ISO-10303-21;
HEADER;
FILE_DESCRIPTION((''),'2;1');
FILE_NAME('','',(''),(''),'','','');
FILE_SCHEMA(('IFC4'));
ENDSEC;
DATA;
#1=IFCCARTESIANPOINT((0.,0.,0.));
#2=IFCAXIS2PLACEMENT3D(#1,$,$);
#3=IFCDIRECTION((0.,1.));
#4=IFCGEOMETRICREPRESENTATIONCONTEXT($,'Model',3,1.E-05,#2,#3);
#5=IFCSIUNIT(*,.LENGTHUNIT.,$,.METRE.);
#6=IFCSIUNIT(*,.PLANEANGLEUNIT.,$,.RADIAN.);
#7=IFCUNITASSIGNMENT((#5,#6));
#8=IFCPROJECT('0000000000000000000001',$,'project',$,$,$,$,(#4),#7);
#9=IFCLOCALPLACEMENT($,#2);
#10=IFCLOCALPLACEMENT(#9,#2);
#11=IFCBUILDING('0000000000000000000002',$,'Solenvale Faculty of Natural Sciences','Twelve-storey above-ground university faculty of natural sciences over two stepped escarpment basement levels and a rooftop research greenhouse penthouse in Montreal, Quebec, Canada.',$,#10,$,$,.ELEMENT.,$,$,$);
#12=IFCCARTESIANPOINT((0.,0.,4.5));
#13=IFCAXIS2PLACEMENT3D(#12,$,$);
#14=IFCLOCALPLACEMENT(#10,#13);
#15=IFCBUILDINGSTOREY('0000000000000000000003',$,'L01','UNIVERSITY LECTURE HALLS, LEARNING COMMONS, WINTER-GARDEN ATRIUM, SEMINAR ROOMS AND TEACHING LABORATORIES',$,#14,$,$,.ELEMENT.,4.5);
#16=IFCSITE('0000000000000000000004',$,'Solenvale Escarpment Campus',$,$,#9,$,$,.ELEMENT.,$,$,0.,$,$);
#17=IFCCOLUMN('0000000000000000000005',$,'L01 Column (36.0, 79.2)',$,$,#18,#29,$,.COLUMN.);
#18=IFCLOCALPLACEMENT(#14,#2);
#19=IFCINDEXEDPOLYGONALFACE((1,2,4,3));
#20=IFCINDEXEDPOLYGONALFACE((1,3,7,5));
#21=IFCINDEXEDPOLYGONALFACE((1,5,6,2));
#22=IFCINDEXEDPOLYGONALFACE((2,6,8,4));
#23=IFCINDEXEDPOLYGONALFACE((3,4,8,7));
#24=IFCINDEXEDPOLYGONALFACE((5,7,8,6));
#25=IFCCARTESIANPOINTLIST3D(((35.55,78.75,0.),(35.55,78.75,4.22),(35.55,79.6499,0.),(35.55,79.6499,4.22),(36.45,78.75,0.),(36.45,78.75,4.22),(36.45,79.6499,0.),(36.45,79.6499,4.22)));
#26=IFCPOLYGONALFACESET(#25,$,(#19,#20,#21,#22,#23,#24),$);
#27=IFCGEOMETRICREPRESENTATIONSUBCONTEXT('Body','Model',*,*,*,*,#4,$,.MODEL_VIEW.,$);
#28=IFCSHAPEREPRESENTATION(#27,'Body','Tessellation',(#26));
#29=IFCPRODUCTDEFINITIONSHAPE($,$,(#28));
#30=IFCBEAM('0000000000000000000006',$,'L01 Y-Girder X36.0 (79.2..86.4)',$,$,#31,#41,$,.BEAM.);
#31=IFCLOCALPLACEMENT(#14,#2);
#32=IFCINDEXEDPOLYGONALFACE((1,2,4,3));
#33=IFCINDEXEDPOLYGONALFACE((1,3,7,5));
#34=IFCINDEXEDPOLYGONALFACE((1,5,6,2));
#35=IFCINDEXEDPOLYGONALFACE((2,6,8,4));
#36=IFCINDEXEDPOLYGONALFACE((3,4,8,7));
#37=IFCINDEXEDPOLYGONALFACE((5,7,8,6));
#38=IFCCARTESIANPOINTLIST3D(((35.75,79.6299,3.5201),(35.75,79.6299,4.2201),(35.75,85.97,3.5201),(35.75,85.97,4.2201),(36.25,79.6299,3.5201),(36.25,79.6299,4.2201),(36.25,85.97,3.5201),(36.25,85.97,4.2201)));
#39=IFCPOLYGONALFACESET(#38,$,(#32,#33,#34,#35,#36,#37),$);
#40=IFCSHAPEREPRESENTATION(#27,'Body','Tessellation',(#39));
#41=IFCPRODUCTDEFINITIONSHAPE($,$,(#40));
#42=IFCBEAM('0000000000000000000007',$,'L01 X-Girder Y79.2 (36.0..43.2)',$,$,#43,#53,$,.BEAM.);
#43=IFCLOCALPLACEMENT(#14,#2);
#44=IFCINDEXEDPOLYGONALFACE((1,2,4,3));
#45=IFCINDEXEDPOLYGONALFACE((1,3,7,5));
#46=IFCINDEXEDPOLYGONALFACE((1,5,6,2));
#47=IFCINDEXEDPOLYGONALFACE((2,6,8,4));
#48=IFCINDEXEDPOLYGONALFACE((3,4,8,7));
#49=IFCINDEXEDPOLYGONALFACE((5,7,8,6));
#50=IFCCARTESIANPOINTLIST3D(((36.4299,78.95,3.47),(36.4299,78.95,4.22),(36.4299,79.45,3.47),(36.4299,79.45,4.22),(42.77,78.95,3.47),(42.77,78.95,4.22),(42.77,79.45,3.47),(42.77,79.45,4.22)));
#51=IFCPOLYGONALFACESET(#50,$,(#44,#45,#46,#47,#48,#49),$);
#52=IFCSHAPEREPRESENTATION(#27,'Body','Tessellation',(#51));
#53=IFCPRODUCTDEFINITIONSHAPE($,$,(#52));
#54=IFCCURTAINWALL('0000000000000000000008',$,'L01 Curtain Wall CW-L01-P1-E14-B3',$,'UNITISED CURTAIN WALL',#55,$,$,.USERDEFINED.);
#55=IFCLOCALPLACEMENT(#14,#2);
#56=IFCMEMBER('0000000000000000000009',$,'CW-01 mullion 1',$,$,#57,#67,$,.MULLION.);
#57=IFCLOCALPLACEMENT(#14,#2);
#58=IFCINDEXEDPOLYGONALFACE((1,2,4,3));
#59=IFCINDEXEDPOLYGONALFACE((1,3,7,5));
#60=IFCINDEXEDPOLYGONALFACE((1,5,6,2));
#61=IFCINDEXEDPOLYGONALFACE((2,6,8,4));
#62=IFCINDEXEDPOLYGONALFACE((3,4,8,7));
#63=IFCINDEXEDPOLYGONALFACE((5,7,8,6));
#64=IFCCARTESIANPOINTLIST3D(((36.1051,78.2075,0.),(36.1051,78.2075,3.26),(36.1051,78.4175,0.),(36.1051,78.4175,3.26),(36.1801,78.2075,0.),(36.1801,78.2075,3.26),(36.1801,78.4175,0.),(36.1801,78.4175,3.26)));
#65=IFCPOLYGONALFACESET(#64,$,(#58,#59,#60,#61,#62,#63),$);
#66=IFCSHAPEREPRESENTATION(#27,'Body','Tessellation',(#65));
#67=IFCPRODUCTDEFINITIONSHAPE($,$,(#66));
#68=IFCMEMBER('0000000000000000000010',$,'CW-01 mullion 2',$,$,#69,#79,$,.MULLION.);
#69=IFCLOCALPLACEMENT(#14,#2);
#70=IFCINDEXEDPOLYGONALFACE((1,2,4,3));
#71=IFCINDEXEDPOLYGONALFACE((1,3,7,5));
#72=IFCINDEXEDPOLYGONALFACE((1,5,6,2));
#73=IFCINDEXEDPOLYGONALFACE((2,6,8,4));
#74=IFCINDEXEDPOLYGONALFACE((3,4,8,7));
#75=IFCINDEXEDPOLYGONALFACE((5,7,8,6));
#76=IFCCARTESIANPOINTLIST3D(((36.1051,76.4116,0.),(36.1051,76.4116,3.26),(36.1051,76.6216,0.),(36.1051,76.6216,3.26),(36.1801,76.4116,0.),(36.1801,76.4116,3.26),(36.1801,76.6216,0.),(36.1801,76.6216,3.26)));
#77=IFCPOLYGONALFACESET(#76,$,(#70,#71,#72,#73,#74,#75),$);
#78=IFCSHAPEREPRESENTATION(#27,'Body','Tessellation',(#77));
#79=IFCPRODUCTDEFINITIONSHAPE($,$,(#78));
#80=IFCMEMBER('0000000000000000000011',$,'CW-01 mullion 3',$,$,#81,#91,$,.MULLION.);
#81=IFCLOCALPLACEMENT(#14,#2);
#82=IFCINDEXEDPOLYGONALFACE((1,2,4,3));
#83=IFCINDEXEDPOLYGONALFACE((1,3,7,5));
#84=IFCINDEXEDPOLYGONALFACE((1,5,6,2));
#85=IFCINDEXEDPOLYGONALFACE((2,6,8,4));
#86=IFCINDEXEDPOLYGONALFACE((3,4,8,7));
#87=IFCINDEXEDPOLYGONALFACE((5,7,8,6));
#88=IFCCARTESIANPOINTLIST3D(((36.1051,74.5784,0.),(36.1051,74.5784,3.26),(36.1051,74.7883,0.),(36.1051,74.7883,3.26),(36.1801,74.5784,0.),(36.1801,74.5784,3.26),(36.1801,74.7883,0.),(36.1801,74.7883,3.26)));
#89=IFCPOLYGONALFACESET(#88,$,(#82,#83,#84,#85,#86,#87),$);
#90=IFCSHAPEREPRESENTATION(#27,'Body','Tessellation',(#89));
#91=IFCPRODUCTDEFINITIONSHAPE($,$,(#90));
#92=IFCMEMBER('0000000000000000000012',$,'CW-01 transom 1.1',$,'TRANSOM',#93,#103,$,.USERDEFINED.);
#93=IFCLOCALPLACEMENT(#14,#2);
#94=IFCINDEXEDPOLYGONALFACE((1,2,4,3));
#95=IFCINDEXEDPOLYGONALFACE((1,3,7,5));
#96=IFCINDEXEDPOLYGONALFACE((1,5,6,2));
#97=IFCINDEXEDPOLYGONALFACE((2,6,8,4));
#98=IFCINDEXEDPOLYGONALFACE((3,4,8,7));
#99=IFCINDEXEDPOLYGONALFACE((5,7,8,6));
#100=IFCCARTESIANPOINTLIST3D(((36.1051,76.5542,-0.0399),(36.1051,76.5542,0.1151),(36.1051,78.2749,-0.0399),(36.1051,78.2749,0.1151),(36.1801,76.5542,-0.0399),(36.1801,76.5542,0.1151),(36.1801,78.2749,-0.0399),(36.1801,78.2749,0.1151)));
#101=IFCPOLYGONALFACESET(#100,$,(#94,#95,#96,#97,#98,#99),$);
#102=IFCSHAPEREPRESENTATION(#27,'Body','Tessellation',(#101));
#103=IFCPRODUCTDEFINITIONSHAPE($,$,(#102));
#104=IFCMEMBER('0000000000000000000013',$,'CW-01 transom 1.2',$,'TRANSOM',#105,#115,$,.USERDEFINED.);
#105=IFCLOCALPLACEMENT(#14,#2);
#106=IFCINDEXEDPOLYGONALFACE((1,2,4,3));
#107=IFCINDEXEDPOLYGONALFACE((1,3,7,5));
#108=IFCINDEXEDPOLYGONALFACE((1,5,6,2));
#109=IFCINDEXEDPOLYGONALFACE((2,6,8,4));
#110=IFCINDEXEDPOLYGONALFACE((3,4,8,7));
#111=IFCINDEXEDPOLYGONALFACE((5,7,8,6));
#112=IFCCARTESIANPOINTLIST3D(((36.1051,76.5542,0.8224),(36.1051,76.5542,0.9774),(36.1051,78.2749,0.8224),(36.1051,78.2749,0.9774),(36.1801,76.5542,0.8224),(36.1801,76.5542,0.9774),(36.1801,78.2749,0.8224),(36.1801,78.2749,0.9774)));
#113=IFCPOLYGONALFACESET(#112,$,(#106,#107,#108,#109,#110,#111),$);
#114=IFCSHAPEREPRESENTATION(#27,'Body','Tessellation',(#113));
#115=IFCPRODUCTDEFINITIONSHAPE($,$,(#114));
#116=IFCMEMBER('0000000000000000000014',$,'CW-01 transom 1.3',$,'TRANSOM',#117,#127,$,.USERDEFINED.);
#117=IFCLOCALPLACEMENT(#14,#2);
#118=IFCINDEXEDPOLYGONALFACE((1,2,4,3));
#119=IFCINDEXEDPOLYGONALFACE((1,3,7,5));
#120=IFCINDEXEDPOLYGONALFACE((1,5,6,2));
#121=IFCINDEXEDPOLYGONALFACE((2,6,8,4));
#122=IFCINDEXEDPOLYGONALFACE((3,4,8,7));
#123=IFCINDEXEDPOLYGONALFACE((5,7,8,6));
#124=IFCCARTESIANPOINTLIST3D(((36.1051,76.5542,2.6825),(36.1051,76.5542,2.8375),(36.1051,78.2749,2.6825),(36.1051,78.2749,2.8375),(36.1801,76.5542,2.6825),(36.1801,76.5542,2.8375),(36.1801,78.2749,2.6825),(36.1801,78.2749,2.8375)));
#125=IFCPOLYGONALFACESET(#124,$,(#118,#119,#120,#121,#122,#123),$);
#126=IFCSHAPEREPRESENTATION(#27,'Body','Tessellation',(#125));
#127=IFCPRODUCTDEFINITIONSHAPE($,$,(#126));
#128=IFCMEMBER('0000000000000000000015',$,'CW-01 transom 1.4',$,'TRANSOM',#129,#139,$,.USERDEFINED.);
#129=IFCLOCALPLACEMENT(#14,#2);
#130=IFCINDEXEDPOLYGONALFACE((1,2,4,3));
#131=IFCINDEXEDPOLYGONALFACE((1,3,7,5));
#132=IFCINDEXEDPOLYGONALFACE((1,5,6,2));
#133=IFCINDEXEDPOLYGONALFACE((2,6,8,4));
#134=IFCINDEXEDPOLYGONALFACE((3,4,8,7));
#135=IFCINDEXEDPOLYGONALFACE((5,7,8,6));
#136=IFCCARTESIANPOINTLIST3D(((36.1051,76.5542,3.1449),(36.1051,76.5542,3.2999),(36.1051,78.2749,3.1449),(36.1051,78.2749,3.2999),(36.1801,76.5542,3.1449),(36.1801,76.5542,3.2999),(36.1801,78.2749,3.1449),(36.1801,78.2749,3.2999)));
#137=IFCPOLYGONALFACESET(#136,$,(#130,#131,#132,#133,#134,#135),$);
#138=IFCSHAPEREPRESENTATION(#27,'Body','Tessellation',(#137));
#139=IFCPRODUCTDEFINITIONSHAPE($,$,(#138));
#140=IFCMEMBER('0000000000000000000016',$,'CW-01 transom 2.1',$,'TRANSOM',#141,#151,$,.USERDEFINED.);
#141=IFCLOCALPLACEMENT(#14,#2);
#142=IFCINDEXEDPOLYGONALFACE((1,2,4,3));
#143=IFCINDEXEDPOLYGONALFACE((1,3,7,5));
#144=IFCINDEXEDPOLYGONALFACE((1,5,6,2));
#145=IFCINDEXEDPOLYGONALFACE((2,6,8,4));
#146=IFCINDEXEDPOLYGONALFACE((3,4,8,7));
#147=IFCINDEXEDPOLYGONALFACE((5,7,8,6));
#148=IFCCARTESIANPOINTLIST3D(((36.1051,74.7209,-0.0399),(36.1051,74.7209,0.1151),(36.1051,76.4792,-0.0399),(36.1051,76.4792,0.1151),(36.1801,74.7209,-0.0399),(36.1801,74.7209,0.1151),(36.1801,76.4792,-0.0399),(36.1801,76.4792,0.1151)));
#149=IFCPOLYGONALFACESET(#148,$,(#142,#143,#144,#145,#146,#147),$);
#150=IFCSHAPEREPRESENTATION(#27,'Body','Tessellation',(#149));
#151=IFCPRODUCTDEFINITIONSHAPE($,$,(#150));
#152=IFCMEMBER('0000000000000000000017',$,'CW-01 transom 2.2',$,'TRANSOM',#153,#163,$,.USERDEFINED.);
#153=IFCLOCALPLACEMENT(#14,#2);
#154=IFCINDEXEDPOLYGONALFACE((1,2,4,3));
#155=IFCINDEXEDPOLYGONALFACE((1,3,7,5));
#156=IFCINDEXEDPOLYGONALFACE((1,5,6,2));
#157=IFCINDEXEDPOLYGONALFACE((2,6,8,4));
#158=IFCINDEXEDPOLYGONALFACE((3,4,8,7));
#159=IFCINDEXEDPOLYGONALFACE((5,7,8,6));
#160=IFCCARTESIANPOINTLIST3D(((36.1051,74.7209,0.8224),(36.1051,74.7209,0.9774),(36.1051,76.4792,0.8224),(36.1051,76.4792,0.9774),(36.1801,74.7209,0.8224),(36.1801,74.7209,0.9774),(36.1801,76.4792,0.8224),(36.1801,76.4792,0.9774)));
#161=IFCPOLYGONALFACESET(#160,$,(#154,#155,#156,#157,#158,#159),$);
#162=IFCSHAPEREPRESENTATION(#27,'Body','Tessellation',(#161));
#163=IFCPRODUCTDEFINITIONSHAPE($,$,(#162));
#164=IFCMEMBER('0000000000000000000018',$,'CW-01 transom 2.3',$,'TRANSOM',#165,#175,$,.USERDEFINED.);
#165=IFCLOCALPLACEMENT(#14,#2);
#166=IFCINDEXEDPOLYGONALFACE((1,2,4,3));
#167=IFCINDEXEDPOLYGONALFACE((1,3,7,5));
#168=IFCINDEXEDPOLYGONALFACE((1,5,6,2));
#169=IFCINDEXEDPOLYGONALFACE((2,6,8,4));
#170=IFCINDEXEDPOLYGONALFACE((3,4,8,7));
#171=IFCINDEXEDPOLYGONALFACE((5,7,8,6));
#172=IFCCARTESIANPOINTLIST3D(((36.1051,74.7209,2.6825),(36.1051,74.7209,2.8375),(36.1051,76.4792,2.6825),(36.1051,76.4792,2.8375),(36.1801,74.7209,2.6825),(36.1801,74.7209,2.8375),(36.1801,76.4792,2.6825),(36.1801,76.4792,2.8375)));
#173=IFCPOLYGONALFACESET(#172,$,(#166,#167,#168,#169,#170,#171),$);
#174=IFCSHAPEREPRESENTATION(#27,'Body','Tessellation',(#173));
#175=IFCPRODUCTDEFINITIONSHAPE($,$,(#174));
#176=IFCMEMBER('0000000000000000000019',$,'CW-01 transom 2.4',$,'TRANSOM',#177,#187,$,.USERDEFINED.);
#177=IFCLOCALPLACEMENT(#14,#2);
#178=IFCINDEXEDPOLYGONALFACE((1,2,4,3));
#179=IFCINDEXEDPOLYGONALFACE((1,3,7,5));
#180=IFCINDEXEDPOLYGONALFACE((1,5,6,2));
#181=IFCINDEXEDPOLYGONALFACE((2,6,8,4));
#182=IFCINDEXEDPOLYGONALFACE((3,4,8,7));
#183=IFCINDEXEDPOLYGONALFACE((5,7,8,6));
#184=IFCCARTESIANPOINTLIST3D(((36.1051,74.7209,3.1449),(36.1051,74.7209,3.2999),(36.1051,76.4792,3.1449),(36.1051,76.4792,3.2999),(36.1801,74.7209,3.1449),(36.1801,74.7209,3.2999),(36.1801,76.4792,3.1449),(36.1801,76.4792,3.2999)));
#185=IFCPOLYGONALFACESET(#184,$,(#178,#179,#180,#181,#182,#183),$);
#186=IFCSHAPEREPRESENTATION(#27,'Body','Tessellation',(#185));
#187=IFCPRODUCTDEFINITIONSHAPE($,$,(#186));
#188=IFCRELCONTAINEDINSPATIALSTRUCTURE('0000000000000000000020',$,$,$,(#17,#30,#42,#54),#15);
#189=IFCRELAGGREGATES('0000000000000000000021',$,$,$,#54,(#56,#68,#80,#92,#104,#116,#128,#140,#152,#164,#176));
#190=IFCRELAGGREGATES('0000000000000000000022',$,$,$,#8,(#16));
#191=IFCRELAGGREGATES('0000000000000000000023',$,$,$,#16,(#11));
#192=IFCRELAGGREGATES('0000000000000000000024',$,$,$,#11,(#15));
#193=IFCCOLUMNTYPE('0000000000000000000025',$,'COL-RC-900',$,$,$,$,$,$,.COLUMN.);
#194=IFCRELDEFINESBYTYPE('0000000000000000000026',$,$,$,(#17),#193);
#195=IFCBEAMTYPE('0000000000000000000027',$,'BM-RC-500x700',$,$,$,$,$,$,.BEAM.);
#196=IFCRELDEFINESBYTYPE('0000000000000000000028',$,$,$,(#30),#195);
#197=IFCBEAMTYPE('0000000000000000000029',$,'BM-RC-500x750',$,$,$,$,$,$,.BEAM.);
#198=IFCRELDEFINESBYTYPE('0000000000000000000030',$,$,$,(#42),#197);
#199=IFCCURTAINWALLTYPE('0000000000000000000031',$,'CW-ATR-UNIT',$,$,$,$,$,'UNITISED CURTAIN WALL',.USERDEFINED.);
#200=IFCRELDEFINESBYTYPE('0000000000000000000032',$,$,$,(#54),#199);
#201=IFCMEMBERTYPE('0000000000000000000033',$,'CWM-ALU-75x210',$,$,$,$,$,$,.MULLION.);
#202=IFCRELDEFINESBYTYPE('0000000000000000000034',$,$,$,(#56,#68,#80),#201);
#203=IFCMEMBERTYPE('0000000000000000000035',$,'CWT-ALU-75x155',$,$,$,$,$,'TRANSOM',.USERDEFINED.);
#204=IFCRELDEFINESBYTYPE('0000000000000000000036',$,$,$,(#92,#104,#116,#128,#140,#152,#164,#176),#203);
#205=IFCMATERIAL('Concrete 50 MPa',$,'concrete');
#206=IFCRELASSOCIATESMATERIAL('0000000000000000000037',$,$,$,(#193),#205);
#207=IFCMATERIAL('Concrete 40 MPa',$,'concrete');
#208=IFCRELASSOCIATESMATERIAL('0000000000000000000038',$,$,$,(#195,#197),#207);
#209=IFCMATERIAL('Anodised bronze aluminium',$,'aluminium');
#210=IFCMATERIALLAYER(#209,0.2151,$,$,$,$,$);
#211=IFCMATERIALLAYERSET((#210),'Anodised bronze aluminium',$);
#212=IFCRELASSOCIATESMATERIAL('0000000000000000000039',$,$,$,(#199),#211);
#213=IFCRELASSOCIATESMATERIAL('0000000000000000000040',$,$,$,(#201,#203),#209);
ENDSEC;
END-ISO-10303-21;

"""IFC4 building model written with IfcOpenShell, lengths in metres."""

from ifc_helpers import new_model, si_unit, direction, frame, origin, origin_2d, place, context, subcontext, project, spatial, rectangle, extrude, material, layer, layer_set, material_profile, profile_set, type_object, element, aggregate, save


model = new_model("IFC4")

# Units and contexts
model_context = context("Model", 3, precision=1e-05, world=origin(), true_north=direction((0.0, 1.0)))
body_context = subcontext(model_context, "Body", "Model", "MODEL_VIEW")
ifc_project = project(units=[si_unit("LENGTHUNIT", "METRE"), si_unit("PLANEANGLEUNIT", "RADIAN")], contexts=[model_context])

# Site, building, storey
site_placement = place(None, origin())
site = spatial("IfcSite", under=ifc_project, at=site_placement, Name="Solenvale Escarpment Campus", CompositionType="ELEMENT", RefElevation=0.0)
building_placement = place(site_placement, origin())
building = spatial("IfcBuilding", under=site, at=building_placement, Name="Solenvale Faculty of Natural Sciences", Description="Twelve-storey above-ground university faculty of natural sciences over two stepped escarpment basement levels and a rooftop research greenhouse penthouse in Montreal, Quebec, Canada.", CompositionType="ELEMENT")
storey_placement = place(building_placement, frame((0.0, 0.0, 4.5)))
storey = spatial("IfcBuildingStorey", under=building, at=storey_placement, Name="L01", Description="UNIVERSITY LECTURE HALLS, LEARNING COMMONS, WINTER-GARDEN ATRIUM, SEMINAR ROOMS AND TEACHING LABORATORIES", CompositionType="ELEMENT", Elevation=4.5)

# Column
ifc_material_1 = material(Name="Concrete 50 MPa", Category="concrete")
ifc_material_profile_1 = material_profile(ifc_material_1, rectangle(XDim=0.8999, YDim=0.8999, at=origin_2d()), Name="RC-COL-900x900")
ifc_profile_set_1 = profile_set([ifc_material_profile_1], Name="Concrete 50 MPa")
column_type = type_object("IfcColumnType", Name="COL-RC-900", PredefinedType="COLUMN", material=ifc_profile_set_1)
column_placement = place(storey_placement, frame((36.0, 79.2, 0.0), z_axis=(0.0, 0.0, 1.0), x_axis=(1.0, 0.0, 0.0)))
element("IfcColumn", 1, at=column_placement, inside=storey, type_object=column_type, Name="L01 Column (36.0, 79.2)", PredefinedType="COLUMN", context=body_context, shape_type="SweptSolid", body=[
    extrude(rectangle(XDim=0.8999, YDim=0.8999, at=origin_2d()), origin(), (0.0, 0.0, 1.0), 4.22),
])

# Beams
ifc_material_2 = material(Name="Concrete 40 MPa", Category="concrete")
ifc_material_profile_2 = material_profile(ifc_material_2, rectangle(XDim=0.5, YDim=0.7, at=origin_2d()), Name="RC-BM-500x700")
ifc_profile_set_2 = profile_set([ifc_material_profile_2], Name="Concrete 40 MPa")
beam_type_1 = type_object("IfcBeamType", Name="BM-RC-500x700", PredefinedType="BEAM", material=ifc_profile_set_2)
beam_1_placement = place(storey_placement, frame((36.0, 79.6299, 3.8701), z_axis=(0.0, 1.0, 0.0), x_axis=(-1.0, 0.0, 0.0)))
element("IfcBeam", 2, at=beam_1_placement, inside=storey, type_object=beam_type_1, Name="L01 Y-Girder X36.0 (79.2..86.4)", PredefinedType="BEAM", context=body_context, shape_type="SweptSolid", body=[
    extrude(rectangle(XDim=0.5, YDim=0.7, at=origin_2d()), origin(), (0.0, 0.0, 1.0), 6.3401),
])
ifc_material_profile_3 = material_profile(ifc_material_2, rectangle(XDim=0.5, YDim=0.75, at=origin_2d()), Name="RC-BM-500x750")
ifc_profile_set_3 = profile_set([ifc_material_profile_3], Name="Concrete 40 MPa")
beam_type_2 = type_object("IfcBeamType", Name="BM-RC-500x750", PredefinedType="BEAM", material=ifc_profile_set_3)
beam_2_placement = place(storey_placement, frame((36.4299, 79.2, 3.845), z_axis=(1.0, 0.0, 0.0), x_axis=(0.0, 1.0, 0.0)))
element("IfcBeam", 3, at=beam_2_placement, inside=storey, type_object=beam_type_2, Name="L01 X-Girder Y79.2 (36.0..43.2)", PredefinedType="BEAM", context=body_context, shape_type="SweptSolid", body=[
    extrude(rectangle(XDim=0.5, YDim=0.75, at=origin_2d()), origin(), (0.0, 0.0, 1.0), 6.3401),
])

# Curtain wall, members
ifc_material_3 = material(Name="Anodised bronze aluminium", Category="aluminium")
ifc_layer_1 = layer(ifc_material_3, 0.2151)
ifc_layer_set_1 = layer_set([ifc_layer_1], Name="Anodised bronze aluminium")
curtain_wall_type = type_object("IfcCurtainWallType", Name="CW-ATR-UNIT", ElementType="UNITISED CURTAIN WALL", PredefinedType="USERDEFINED", material=ifc_layer_set_1)
curtain_wall_placement = place(storey_placement, origin())
curtain_wall = element("IfcCurtainWall", 4, at=curtain_wall_placement, inside=storey, type_object=curtain_wall_type, Name="L01 Curtain Wall CW-L01-P1-E14-B3", ObjectType="UNITISED CURTAIN WALL", PredefinedType="USERDEFINED")
ifc_material_profile_4 = material_profile(ifc_material_3, rectangle(XDim=0.075, YDim=0.21, at=origin_2d()), Name="ALU-MUL-75x210")
ifc_profile_set_4 = profile_set([ifc_material_profile_4], Name="Anodised bronze aluminium")
member_type_1 = type_object("IfcMemberType", Name="CWM-ALU-75x210", PredefinedType="MULLION", material=ifc_profile_set_4)
member_1_placement = place(storey_placement, frame((36.1426, 78.3125, 0.0), z_axis=(0.0, 0.0, 1.0), x_axis=(1.0, 0.0, 0.0)))
member_1 = element("IfcMember", 5, at=member_1_placement, type_object=member_type_1, Name="CW-01 mullion 1", PredefinedType="MULLION", context=body_context, shape_type="SweptSolid", body=[
    extrude(rectangle(XDim=0.075, YDim=0.21, at=origin_2d()), origin(), (0.0, 0.0, 1.0), 3.26),
])
member_2_placement = place(storey_placement, frame((36.1426, 76.5166, 0.0), z_axis=(0.0, 0.0, 1.0), x_axis=(1.0, 0.0, 0.0)))
member_2 = element("IfcMember", 6, at=member_2_placement, type_object=member_type_1, Name="CW-01 mullion 2", PredefinedType="MULLION", context=body_context, shape_type="SweptSolid", body=[
    extrude(rectangle(XDim=0.075, YDim=0.21, at=origin_2d()), origin(), (0.0, 0.0, 1.0), 3.26),
])
member_3_placement = place(storey_placement, frame((36.1426, 74.6833, 0.0), z_axis=(0.0, 0.0, 1.0), x_axis=(1.0, 0.0, 0.0)))
member_3 = element("IfcMember", 7, at=member_3_placement, type_object=member_type_1, Name="CW-01 mullion 3", PredefinedType="MULLION", context=body_context, shape_type="SweptSolid", body=[
    extrude(rectangle(XDim=0.075, YDim=0.21, at=origin_2d()), origin(), (0.0, 0.0, 1.0), 3.26),
])
ifc_material_profile_5 = material_profile(ifc_material_3, rectangle(XDim=0.075, YDim=0.155, at=origin_2d()), Name="ALU-TRN-75x155")
ifc_profile_set_5 = profile_set([ifc_material_profile_5], Name="Anodised bronze aluminium")
member_type_2 = type_object("IfcMemberType", Name="CWT-ALU-75x155", ElementType="TRANSOM", PredefinedType="USERDEFINED", material=ifc_profile_set_5)
member_4_placement = place(storey_placement, frame((36.1426, 78.2749, 0.0376), z_axis=(0.0, -1.0, 0.0), x_axis=(1.0, 0.0, 0.0)))
member_4 = element("IfcMember", 8, at=member_4_placement, type_object=member_type_2, Name="CW-01 transom 1.1", ObjectType="TRANSOM", PredefinedType="USERDEFINED", context=body_context, shape_type="SweptSolid", body=[
    extrude(rectangle(XDim=0.075, YDim=0.155, at=origin_2d()), origin(), (0.0, 0.0, 1.0), 1.7207),
])
member_5_placement = place(storey_placement, frame((36.1426, 78.2749, 0.8999), z_axis=(0.0, -1.0, 0.0), x_axis=(1.0, 0.0, 0.0)))
member_5 = element("IfcMember", 9, at=member_5_placement, type_object=member_type_2, Name="CW-01 transom 1.2", ObjectType="TRANSOM", PredefinedType="USERDEFINED", context=body_context, shape_type="SweptSolid", body=[
    extrude(rectangle(XDim=0.075, YDim=0.155, at=origin_2d()), origin(), (0.0, 0.0, 1.0), 1.7207),
])
member_6_placement = place(storey_placement, frame((36.1426, 78.2749, 2.76), z_axis=(0.0, -1.0, 0.0), x_axis=(1.0, 0.0, 0.0)))
member_6 = element("IfcMember", 10, at=member_6_placement, type_object=member_type_2, Name="CW-01 transom 1.3", ObjectType="TRANSOM", PredefinedType="USERDEFINED", context=body_context, shape_type="SweptSolid", body=[
    extrude(rectangle(XDim=0.075, YDim=0.155, at=origin_2d()), origin(), (0.0, 0.0, 1.0), 1.7207),
])
member_7_placement = place(storey_placement, frame((36.1426, 78.2749, 3.2224), z_axis=(0.0, -1.0, 0.0), x_axis=(1.0, 0.0, 0.0)))
member_7 = element("IfcMember", 11, at=member_7_placement, type_object=member_type_2, Name="CW-01 transom 1.4", ObjectType="TRANSOM", PredefinedType="USERDEFINED", context=body_context, shape_type="SweptSolid", body=[
    extrude(rectangle(XDim=0.075, YDim=0.155, at=origin_2d()), origin(), (0.0, 0.0, 1.0), 1.7207),
])
member_8_placement = place(storey_placement, frame((36.1426, 76.4792, 0.0376), z_axis=(0.0, -1.0, 0.0), x_axis=(1.0, 0.0, 0.0)))
member_8 = element("IfcMember", 12, at=member_8_placement, type_object=member_type_2, Name="CW-01 transom 2.1", ObjectType="TRANSOM", PredefinedType="USERDEFINED", context=body_context, shape_type="SweptSolid", body=[
    extrude(rectangle(XDim=0.075, YDim=0.155, at=origin_2d()), origin(), (0.0, 0.0, 1.0), 1.7583),
])
member_9_placement = place(storey_placement, frame((36.1426, 76.4792, 0.8999), z_axis=(0.0, -1.0, 0.0), x_axis=(1.0, 0.0, 0.0)))
member_9 = element("IfcMember", 13, at=member_9_placement, type_object=member_type_2, Name="CW-01 transom 2.2", ObjectType="TRANSOM", PredefinedType="USERDEFINED", context=body_context, shape_type="SweptSolid", body=[
    extrude(rectangle(XDim=0.075, YDim=0.155, at=origin_2d()), origin(), (0.0, 0.0, 1.0), 1.7583),
])
member_10_placement = place(storey_placement, frame((36.1426, 76.4792, 2.76), z_axis=(0.0, -1.0, 0.0), x_axis=(1.0, 0.0, 0.0)))
member_10 = element("IfcMember", 14, at=member_10_placement, type_object=member_type_2, Name="CW-01 transom 2.3", ObjectType="TRANSOM", PredefinedType="USERDEFINED", context=body_context, shape_type="SweptSolid", body=[
    extrude(rectangle(XDim=0.075, YDim=0.155, at=origin_2d()), origin(), (0.0, 0.0, 1.0), 1.7583),
])
member_11_placement = place(storey_placement, frame((36.1426, 76.4792, 3.2224), z_axis=(0.0, -1.0, 0.0), x_axis=(1.0, 0.0, 0.0)))
member_11 = element("IfcMember", 15, at=member_11_placement, type_object=member_type_2, Name="CW-01 transom 2.4", ObjectType="TRANSOM", PredefinedType="USERDEFINED", context=body_context, shape_type="SweptSolid", body=[
    extrude(rectangle(XDim=0.075, YDim=0.155, at=origin_2d()), origin(), (0.0, 0.0, 1.0), 1.7583),
])
aggregate(curtain_wall, [member_1, member_2, member_3, member_4, member_5, member_6, member_7, member_8, member_9, member_10, member_11])

save(model, "model.ifc")
